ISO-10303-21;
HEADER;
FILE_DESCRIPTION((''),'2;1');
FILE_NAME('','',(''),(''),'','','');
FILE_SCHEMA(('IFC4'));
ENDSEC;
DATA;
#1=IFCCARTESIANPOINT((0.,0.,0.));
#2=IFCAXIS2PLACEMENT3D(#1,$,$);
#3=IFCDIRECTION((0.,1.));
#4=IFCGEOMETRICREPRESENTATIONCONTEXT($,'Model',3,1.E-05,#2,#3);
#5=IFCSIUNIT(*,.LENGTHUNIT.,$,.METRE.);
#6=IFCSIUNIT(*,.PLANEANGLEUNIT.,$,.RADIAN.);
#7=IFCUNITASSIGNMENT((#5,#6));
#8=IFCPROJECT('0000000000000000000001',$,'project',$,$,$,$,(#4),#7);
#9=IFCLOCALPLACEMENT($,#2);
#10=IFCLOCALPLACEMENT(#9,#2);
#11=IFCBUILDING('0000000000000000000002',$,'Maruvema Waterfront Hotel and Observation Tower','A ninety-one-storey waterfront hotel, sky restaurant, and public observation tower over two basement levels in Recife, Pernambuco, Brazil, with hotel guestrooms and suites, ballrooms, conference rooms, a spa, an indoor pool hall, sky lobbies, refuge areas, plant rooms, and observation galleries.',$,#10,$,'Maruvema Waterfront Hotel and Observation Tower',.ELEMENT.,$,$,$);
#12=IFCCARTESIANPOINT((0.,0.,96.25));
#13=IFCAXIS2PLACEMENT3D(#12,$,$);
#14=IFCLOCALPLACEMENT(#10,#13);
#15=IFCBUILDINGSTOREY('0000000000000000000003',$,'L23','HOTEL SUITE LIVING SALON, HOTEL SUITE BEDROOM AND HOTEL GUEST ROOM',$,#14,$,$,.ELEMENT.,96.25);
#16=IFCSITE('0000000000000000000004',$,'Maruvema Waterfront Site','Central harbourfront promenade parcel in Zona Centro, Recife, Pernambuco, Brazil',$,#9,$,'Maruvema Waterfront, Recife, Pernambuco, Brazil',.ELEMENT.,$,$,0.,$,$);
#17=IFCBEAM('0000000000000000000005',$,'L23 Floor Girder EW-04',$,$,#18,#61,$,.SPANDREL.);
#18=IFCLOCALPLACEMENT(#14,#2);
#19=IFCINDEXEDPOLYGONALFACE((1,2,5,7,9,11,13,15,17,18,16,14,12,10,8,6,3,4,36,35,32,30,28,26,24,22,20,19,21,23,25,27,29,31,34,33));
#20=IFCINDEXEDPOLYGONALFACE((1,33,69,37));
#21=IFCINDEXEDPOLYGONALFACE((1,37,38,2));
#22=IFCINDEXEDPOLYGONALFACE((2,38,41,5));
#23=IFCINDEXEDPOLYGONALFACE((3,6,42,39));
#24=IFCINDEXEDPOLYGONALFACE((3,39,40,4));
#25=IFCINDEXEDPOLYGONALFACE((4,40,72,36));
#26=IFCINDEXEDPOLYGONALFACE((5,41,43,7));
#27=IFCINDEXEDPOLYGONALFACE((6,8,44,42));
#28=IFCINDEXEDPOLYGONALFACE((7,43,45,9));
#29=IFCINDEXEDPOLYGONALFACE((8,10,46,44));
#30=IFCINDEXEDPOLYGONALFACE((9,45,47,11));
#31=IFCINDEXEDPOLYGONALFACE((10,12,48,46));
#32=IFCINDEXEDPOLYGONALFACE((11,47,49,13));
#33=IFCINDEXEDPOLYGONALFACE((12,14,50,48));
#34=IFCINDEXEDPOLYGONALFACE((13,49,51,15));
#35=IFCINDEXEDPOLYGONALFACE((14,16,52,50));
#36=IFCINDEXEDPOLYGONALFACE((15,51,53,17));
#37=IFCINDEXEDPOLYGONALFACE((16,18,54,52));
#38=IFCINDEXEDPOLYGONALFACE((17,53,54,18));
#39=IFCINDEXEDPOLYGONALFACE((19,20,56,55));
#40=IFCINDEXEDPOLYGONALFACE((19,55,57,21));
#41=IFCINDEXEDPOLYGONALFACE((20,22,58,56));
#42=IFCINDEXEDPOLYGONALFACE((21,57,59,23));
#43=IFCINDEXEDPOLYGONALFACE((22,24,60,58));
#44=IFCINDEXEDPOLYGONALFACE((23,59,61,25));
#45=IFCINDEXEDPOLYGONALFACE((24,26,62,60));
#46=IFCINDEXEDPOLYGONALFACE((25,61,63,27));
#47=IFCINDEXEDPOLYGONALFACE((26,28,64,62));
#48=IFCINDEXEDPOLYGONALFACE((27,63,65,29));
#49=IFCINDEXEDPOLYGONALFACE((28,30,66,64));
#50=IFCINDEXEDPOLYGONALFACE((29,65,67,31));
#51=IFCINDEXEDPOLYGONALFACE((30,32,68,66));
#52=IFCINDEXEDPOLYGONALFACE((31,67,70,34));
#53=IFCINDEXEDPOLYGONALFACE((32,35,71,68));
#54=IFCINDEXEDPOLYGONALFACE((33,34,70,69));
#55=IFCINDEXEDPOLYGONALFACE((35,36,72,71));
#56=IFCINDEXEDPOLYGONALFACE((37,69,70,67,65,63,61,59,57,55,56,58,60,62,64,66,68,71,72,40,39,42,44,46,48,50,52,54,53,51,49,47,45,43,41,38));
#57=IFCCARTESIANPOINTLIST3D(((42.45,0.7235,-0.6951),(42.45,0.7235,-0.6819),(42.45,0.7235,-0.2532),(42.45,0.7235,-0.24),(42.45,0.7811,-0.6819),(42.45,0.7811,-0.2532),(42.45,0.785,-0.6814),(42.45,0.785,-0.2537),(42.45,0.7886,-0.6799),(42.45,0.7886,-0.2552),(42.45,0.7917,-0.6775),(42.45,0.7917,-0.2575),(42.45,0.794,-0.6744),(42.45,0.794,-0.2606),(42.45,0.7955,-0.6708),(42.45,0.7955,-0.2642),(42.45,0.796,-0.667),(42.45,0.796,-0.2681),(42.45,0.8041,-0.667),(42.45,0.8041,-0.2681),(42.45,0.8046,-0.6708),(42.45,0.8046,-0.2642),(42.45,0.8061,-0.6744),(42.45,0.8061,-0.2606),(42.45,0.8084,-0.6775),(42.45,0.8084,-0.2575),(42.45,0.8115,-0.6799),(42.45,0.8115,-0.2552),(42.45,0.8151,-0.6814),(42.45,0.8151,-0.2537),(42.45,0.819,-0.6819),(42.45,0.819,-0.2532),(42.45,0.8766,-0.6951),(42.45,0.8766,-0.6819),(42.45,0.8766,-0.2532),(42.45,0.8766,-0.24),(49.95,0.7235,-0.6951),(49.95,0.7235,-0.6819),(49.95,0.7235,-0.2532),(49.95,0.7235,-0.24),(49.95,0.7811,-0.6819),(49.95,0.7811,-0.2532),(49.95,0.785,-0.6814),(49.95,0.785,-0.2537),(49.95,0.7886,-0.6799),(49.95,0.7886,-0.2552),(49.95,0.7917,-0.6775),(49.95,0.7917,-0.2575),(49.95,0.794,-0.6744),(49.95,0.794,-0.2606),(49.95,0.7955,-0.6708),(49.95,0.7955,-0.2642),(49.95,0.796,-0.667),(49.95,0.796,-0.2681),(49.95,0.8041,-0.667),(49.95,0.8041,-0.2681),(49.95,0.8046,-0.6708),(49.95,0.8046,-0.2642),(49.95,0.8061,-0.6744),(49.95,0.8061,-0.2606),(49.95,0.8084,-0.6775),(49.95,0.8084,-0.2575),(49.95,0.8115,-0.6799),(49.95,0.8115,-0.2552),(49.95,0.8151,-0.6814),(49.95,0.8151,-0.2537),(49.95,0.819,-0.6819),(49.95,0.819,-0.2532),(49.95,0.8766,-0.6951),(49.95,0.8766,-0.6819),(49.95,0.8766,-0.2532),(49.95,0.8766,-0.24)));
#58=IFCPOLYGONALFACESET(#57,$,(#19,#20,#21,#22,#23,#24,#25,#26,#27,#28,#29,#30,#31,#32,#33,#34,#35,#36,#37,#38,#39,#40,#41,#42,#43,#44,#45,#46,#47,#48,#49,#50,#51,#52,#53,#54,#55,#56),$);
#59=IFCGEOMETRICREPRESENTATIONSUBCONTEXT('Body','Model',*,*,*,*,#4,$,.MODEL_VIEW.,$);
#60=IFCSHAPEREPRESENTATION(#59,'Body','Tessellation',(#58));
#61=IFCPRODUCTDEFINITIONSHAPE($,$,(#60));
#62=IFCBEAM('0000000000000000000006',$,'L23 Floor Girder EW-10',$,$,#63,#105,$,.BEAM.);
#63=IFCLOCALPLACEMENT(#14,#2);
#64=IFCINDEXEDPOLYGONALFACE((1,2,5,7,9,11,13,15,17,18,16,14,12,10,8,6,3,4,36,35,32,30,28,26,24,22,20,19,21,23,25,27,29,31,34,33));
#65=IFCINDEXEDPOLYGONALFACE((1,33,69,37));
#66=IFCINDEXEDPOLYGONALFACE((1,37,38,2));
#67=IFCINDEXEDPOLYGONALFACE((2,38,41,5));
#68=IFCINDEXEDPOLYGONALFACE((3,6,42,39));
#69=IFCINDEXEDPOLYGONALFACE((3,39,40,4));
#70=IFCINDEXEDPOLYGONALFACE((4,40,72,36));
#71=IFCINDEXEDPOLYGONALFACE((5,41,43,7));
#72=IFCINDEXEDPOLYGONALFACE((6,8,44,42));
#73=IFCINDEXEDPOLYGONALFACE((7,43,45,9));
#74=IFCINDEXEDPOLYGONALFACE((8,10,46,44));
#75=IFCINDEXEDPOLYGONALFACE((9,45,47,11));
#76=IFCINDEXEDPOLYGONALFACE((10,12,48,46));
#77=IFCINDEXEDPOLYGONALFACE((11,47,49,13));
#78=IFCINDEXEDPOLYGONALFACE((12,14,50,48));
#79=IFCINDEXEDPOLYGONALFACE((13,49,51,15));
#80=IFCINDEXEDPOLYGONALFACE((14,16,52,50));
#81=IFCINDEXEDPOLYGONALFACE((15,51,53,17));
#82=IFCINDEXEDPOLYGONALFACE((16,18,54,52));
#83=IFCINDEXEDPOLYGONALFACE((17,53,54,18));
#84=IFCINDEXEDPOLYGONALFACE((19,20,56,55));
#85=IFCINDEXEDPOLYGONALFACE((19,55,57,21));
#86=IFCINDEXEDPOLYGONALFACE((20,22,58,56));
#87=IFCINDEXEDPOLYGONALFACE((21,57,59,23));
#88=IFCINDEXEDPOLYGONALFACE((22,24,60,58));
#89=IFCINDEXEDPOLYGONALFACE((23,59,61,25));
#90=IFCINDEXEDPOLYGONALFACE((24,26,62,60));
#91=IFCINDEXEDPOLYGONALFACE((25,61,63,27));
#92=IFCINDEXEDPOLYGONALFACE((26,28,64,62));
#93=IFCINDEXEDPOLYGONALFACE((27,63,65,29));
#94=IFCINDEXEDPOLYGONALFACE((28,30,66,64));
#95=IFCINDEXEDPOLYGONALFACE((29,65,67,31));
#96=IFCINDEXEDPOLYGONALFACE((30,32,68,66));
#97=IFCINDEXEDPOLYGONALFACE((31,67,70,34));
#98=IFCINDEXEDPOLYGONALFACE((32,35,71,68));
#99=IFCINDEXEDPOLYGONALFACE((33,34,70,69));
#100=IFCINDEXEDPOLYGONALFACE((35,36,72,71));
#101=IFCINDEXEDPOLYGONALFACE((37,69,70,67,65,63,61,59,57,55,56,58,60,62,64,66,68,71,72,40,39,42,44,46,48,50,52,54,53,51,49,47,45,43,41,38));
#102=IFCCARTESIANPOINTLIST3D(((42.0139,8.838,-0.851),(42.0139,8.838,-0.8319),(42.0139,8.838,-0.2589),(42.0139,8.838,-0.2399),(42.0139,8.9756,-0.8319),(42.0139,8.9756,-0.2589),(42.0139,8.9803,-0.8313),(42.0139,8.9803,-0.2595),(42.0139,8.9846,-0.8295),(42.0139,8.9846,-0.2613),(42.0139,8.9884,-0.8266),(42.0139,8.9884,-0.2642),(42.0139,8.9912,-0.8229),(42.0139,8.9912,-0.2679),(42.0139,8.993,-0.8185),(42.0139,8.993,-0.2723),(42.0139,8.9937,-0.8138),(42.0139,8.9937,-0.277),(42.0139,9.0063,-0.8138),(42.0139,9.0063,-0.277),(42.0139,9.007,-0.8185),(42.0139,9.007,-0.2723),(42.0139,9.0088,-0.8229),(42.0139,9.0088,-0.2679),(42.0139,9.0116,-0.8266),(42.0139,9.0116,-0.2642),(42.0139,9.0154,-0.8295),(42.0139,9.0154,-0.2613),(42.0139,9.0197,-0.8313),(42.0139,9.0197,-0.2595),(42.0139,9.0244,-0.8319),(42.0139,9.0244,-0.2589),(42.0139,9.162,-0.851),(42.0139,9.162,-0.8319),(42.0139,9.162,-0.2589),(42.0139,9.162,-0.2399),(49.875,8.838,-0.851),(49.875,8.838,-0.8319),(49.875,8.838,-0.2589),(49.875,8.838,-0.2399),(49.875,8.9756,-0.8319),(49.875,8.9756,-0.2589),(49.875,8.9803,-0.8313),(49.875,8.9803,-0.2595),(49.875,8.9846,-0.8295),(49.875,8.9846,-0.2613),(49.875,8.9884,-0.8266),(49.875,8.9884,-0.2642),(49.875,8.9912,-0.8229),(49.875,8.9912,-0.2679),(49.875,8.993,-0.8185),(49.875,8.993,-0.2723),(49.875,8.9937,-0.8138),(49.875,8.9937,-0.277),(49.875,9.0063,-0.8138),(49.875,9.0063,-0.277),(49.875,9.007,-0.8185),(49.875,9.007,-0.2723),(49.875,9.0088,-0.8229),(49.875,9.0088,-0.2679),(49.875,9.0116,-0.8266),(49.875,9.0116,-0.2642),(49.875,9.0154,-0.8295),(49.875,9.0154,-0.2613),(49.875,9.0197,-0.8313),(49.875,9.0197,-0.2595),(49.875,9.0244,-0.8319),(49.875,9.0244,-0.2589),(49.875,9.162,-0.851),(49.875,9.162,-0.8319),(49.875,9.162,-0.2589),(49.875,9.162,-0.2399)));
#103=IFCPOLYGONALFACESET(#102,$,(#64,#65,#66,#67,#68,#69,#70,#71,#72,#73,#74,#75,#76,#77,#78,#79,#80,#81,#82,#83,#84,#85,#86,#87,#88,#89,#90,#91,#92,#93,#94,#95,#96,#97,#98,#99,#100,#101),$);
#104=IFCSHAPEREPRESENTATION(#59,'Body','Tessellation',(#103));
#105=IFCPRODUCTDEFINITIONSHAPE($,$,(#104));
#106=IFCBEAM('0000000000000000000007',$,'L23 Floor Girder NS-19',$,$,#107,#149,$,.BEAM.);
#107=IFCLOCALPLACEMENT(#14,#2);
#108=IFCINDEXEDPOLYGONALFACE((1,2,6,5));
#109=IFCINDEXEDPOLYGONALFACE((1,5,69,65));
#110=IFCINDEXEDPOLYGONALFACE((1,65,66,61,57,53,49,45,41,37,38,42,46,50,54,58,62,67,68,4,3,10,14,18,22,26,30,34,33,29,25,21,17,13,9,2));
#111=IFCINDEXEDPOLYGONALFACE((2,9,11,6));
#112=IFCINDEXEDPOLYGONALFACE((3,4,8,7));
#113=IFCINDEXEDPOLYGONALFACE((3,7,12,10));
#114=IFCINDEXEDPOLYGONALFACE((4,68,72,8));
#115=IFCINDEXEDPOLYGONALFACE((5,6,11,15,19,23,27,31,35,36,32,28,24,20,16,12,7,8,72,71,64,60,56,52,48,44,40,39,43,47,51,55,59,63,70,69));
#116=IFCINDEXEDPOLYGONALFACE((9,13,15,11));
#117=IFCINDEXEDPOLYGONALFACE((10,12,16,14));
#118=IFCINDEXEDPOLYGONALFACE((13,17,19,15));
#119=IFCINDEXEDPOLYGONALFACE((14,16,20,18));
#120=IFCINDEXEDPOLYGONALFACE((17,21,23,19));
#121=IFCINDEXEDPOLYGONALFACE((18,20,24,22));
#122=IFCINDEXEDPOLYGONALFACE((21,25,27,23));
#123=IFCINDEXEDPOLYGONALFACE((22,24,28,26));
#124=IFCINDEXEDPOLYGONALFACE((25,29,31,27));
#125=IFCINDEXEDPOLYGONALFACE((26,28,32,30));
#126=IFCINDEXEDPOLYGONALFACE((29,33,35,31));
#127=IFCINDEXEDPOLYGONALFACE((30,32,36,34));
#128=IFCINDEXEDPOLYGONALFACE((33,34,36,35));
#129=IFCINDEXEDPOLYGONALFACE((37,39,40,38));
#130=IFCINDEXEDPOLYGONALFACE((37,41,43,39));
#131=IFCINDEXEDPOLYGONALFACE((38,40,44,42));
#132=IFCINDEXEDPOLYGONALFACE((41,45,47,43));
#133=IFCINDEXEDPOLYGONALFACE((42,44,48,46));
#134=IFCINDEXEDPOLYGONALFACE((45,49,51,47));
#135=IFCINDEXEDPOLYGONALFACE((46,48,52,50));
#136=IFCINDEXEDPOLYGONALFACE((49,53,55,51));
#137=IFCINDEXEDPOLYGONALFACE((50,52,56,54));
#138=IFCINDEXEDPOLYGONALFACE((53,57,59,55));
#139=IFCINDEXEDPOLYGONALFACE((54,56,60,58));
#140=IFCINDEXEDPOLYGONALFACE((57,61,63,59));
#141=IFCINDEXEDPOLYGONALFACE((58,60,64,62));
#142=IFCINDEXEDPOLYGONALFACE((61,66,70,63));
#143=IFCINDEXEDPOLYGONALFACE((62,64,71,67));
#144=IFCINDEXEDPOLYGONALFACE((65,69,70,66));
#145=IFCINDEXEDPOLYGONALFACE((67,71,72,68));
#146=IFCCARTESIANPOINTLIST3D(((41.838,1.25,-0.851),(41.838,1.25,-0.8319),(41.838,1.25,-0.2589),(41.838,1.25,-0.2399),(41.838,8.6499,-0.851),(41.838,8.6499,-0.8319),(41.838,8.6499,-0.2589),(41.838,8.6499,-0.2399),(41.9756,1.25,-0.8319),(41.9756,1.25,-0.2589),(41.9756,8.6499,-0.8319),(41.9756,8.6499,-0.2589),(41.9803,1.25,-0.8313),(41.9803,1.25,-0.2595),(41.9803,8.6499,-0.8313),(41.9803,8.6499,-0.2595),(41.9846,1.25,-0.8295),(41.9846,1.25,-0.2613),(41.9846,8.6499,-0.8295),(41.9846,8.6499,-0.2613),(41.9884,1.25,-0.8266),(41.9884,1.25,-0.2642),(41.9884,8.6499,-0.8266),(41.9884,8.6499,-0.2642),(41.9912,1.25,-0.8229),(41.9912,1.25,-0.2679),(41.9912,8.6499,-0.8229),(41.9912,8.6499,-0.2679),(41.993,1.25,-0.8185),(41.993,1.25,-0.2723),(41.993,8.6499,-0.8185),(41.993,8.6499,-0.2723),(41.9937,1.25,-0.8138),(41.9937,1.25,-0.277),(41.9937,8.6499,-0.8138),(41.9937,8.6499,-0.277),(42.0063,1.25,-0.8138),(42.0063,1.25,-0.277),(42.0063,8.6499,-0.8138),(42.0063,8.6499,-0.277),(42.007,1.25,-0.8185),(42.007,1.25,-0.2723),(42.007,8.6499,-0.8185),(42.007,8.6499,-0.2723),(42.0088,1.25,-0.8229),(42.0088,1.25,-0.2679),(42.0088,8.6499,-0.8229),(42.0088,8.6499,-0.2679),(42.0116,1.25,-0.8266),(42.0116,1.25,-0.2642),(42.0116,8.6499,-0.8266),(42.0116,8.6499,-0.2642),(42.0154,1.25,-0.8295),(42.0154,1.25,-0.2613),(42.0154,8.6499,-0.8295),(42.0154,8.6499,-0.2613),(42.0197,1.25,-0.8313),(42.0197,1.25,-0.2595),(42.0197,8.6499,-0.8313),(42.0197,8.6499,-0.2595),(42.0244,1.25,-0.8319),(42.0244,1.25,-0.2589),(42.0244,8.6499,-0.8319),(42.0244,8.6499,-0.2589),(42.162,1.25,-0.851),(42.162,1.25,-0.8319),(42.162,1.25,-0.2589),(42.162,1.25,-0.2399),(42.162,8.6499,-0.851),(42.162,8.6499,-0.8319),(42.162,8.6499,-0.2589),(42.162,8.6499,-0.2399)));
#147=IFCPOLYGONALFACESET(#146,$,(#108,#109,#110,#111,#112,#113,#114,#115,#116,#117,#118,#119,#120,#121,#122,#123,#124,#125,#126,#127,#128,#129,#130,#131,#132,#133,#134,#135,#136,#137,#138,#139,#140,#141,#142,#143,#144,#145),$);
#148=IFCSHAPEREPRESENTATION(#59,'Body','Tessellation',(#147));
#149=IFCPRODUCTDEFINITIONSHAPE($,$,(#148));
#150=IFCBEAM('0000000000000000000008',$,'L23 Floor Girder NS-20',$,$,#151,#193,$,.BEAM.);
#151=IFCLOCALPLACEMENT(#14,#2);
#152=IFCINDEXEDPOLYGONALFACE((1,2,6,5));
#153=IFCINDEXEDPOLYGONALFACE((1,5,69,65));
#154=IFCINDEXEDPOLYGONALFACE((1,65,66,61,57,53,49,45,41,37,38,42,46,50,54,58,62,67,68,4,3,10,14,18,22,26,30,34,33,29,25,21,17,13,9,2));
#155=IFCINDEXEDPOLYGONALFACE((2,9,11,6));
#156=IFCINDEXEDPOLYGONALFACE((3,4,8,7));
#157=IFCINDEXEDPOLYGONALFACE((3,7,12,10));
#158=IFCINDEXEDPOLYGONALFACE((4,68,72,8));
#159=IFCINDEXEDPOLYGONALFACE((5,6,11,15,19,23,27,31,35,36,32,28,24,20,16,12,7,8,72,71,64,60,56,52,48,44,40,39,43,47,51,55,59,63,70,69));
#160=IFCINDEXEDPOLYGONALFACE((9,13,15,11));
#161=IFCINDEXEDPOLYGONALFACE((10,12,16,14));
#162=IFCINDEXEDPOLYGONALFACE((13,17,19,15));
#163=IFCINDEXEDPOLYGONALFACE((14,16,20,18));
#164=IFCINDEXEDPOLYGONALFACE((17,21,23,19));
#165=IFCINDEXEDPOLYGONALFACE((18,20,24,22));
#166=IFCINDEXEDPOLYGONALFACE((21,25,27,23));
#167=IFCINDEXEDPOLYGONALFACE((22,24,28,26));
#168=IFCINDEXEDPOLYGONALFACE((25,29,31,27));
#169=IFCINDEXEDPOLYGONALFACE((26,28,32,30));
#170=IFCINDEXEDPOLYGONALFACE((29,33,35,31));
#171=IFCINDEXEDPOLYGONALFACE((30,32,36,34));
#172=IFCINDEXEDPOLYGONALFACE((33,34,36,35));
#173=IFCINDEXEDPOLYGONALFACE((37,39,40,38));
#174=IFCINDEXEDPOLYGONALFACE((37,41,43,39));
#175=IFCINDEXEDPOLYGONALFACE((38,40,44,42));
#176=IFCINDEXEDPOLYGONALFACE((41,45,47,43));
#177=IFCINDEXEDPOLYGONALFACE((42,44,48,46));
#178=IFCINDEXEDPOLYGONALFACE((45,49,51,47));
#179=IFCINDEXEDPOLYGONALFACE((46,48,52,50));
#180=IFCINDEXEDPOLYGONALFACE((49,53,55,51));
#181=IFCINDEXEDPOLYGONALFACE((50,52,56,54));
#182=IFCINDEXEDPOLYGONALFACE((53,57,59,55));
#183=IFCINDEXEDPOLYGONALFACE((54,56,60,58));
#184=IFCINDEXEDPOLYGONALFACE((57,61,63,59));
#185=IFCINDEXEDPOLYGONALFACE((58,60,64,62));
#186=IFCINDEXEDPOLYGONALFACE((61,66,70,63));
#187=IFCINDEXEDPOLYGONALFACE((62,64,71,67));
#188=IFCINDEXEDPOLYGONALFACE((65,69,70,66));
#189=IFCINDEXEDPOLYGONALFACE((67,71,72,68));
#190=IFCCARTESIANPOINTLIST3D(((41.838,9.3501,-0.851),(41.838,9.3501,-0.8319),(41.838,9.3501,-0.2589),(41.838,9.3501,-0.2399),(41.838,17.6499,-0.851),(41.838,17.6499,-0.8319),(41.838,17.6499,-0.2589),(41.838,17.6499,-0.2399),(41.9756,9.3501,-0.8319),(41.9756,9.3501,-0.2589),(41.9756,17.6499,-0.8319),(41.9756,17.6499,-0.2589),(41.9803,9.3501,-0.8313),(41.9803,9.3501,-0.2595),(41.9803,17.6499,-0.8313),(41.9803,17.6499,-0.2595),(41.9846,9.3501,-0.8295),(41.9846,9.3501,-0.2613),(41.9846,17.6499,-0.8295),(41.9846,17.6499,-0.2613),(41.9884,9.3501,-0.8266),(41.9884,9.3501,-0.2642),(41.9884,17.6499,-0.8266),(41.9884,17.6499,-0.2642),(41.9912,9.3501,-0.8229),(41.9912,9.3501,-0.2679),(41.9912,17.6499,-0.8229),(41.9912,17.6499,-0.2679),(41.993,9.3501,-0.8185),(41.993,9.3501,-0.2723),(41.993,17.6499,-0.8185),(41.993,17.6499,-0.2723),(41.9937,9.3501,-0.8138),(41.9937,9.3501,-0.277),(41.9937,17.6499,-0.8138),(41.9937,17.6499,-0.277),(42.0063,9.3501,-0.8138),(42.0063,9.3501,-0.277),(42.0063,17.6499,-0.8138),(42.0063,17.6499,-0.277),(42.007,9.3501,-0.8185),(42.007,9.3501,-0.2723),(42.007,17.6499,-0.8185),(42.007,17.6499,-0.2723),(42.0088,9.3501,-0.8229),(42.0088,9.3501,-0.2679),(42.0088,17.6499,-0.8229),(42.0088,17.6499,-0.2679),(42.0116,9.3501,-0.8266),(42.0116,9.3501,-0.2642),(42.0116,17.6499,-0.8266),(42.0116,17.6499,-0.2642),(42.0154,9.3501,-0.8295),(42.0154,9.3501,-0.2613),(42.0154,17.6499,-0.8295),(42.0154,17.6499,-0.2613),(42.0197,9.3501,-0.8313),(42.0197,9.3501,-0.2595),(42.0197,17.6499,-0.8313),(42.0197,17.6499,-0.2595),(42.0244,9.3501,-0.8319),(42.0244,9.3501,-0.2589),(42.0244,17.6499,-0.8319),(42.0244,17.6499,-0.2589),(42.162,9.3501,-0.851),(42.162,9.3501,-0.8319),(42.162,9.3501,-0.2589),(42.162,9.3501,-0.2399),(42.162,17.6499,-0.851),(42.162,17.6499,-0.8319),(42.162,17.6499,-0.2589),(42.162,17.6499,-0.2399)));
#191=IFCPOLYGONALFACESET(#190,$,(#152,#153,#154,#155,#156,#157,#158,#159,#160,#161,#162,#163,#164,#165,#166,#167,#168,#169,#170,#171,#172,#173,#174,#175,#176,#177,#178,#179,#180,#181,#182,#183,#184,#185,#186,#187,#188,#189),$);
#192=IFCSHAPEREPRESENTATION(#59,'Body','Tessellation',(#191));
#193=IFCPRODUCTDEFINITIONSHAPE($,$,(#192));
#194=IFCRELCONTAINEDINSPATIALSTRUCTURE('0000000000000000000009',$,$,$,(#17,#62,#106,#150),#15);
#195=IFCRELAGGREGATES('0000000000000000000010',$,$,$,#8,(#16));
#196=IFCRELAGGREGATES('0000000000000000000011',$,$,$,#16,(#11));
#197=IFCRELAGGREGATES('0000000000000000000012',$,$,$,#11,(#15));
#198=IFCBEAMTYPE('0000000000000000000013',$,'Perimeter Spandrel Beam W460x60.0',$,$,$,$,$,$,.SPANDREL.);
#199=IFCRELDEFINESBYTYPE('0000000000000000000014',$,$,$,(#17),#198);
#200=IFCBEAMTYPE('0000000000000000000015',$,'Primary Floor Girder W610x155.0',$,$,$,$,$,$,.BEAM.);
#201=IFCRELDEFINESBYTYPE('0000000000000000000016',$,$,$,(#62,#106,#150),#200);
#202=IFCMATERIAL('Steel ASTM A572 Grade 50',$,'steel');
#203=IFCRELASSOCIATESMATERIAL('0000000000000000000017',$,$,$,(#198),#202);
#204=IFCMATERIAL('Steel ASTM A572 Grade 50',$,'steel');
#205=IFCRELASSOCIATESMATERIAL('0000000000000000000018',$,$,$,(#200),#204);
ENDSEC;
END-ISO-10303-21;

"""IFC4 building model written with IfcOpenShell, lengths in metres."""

from ifc_helpers import new_model, si_unit, direction, frame, origin, origin_2d, place, context, subcontext, project, spatial, i_section, extrude, material, material_profile, profile_set, type_object, element, save


model = new_model("IFC4")

# Units and contexts
model_context = context("Model", 3, precision=1e-05, world=origin(), true_north=direction((0.0, 1.0)))
body_context = subcontext(model_context, "Body", "Model", "MODEL_VIEW")
ifc_project = project(units=[si_unit("LENGTHUNIT", "METRE"), si_unit("PLANEANGLEUNIT", "RADIAN")], contexts=[model_context])

# Site, building, storey
site_placement = place(None, origin())
site = spatial("IfcSite", under=ifc_project, at=site_placement, Name="Maruvema Waterfront Site", Description="Central harbourfront promenade parcel in Zona Centro, Recife, Pernambuco, Brazil", LongName="Maruvema Waterfront, Recife, Pernambuco, Brazil", CompositionType="ELEMENT", RefElevation=0.0)
building_placement = place(site_placement, origin())
building = spatial("IfcBuilding", under=site, at=building_placement, Name="Maruvema Waterfront Hotel and Observation Tower", Description="A ninety-one-storey waterfront hotel, sky restaurant, and public observation tower over two basement levels in Recife, Pernambuco, Brazil, with hotel guestrooms and suites, ballrooms, conference rooms, a spa, an indoor pool hall, sky lobbies, refuge areas, plant rooms, and observation galleries.", LongName="Maruvema Waterfront Hotel and Observation Tower", CompositionType="ELEMENT")
storey_placement = place(building_placement, frame((0.0, 0.0, 96.25)))
storey = spatial("IfcBuildingStorey", under=building, at=storey_placement, Name="L23", Description="HOTEL SUITE LIVING SALON, HOTEL SUITE BEDROOM AND HOTEL GUEST ROOM", CompositionType="ELEMENT", Elevation=96.25)

# Beams
ifc_material_1 = material(Name="Steel ASTM A572 Grade 50", Category="steel")
ifc_material_profile_1 = material_profile(ifc_material_1, i_section(OverallWidth=0.1531, OverallDepth=0.4551, WebThickness=0.0081, FlangeThickness=0.0132, FilletRadius=0.0149, at=origin_2d()), Name="W460x60.0")
ifc_profile_set_1 = profile_set([ifc_material_profile_1], Name="Steel ASTM A572 Grade 50")
beam_type_1 = type_object("IfcBeamType", Name="Perimeter Spandrel Beam W460x60.0", PredefinedType="SPANDREL", material=ifc_profile_set_1)
beam_1_placement = place(storey_placement, frame((42.45, 0.8, -0.4675), z_axis=(1.0, 0.0, 0.0), x_axis=(0.0, 1.0, 0.0)))
element("IfcBeam", 1, at=beam_1_placement, inside=storey, type_object=beam_type_1, Name="L23 Floor Girder EW-04", PredefinedType="SPANDREL", context=body_context, shape_type="SweptSolid", body=[
    extrude(i_section(OverallWidth=0.1531, OverallDepth=0.4551, WebThickness=0.0081, FlangeThickness=0.0132, FilletRadius=0.0149, at=origin_2d()), origin(), (0.0, 0.0, 1.0), 7.5),
])
ifc_material_2 = material(Name="Steel ASTM A572 Grade 50", Category="steel")
ifc_material_profile_2 = material_profile(ifc_material_2, i_section(OverallWidth=0.324, OverallDepth=0.6111, WebThickness=0.0127, FlangeThickness=0.019, FilletRadius=0.0181, at=origin_2d()), Name="W610x155.0")
ifc_profile_set_2 = profile_set([ifc_material_profile_2], Name="Steel ASTM A572 Grade 50")
beam_type_2 = type_object("IfcBeamType", Name="Primary Floor Girder W610x155.0", PredefinedType="BEAM", material=ifc_profile_set_2)
beam_2_placement = place(storey_placement, frame((42.0139, 9.0, -0.5454), z_axis=(1.0, 0.0, 0.0), x_axis=(0.0, 1.0, 0.0)))
element("IfcBeam", 2, at=beam_2_placement, inside=storey, type_object=beam_type_2, Name="L23 Floor Girder EW-10", PredefinedType="BEAM", context=body_context, shape_type="SweptSolid", body=[
    extrude(i_section(OverallWidth=0.324, OverallDepth=0.6111, WebThickness=0.0127, FlangeThickness=0.019, FilletRadius=0.0181, at=origin_2d()), origin(), (0.0, 0.0, 1.0), 7.8611),
])
beam_3_placement = place(storey_placement, frame((42.0, 1.25, -0.5454), z_axis=(0.0, 1.0, 0.0), x_axis=(-1.0, 0.0, 0.0)))
element("IfcBeam", 3, at=beam_3_placement, inside=storey, type_object=beam_type_2, Name="L23 Floor Girder NS-19", PredefinedType="BEAM", context=body_context, shape_type="SweptSolid", body=[
    extrude(i_section(OverallWidth=0.324, OverallDepth=0.6111, WebThickness=0.0127, FlangeThickness=0.019, FilletRadius=0.0181, at=origin_2d()), origin(), (0.0, 0.0, 1.0), 7.3999),
])
beam_4_placement = place(storey_placement, frame((42.0, 9.3501, -0.5454), z_axis=(0.0, 1.0, 0.0), x_axis=(-1.0, 0.0, 0.0)))
element("IfcBeam", 4, at=beam_4_placement, inside=storey, type_object=beam_type_2, Name="L23 Floor Girder NS-20", PredefinedType="BEAM", context=body_context, shape_type="SweptSolid", body=[
    extrude(i_section(OverallWidth=0.324, OverallDepth=0.6111, WebThickness=0.0127, FlangeThickness=0.019, FilletRadius=0.0181, at=origin_2d()), origin(), (0.0, 0.0, 1.0), 8.2998),
])

save(model, "model.ifc")
